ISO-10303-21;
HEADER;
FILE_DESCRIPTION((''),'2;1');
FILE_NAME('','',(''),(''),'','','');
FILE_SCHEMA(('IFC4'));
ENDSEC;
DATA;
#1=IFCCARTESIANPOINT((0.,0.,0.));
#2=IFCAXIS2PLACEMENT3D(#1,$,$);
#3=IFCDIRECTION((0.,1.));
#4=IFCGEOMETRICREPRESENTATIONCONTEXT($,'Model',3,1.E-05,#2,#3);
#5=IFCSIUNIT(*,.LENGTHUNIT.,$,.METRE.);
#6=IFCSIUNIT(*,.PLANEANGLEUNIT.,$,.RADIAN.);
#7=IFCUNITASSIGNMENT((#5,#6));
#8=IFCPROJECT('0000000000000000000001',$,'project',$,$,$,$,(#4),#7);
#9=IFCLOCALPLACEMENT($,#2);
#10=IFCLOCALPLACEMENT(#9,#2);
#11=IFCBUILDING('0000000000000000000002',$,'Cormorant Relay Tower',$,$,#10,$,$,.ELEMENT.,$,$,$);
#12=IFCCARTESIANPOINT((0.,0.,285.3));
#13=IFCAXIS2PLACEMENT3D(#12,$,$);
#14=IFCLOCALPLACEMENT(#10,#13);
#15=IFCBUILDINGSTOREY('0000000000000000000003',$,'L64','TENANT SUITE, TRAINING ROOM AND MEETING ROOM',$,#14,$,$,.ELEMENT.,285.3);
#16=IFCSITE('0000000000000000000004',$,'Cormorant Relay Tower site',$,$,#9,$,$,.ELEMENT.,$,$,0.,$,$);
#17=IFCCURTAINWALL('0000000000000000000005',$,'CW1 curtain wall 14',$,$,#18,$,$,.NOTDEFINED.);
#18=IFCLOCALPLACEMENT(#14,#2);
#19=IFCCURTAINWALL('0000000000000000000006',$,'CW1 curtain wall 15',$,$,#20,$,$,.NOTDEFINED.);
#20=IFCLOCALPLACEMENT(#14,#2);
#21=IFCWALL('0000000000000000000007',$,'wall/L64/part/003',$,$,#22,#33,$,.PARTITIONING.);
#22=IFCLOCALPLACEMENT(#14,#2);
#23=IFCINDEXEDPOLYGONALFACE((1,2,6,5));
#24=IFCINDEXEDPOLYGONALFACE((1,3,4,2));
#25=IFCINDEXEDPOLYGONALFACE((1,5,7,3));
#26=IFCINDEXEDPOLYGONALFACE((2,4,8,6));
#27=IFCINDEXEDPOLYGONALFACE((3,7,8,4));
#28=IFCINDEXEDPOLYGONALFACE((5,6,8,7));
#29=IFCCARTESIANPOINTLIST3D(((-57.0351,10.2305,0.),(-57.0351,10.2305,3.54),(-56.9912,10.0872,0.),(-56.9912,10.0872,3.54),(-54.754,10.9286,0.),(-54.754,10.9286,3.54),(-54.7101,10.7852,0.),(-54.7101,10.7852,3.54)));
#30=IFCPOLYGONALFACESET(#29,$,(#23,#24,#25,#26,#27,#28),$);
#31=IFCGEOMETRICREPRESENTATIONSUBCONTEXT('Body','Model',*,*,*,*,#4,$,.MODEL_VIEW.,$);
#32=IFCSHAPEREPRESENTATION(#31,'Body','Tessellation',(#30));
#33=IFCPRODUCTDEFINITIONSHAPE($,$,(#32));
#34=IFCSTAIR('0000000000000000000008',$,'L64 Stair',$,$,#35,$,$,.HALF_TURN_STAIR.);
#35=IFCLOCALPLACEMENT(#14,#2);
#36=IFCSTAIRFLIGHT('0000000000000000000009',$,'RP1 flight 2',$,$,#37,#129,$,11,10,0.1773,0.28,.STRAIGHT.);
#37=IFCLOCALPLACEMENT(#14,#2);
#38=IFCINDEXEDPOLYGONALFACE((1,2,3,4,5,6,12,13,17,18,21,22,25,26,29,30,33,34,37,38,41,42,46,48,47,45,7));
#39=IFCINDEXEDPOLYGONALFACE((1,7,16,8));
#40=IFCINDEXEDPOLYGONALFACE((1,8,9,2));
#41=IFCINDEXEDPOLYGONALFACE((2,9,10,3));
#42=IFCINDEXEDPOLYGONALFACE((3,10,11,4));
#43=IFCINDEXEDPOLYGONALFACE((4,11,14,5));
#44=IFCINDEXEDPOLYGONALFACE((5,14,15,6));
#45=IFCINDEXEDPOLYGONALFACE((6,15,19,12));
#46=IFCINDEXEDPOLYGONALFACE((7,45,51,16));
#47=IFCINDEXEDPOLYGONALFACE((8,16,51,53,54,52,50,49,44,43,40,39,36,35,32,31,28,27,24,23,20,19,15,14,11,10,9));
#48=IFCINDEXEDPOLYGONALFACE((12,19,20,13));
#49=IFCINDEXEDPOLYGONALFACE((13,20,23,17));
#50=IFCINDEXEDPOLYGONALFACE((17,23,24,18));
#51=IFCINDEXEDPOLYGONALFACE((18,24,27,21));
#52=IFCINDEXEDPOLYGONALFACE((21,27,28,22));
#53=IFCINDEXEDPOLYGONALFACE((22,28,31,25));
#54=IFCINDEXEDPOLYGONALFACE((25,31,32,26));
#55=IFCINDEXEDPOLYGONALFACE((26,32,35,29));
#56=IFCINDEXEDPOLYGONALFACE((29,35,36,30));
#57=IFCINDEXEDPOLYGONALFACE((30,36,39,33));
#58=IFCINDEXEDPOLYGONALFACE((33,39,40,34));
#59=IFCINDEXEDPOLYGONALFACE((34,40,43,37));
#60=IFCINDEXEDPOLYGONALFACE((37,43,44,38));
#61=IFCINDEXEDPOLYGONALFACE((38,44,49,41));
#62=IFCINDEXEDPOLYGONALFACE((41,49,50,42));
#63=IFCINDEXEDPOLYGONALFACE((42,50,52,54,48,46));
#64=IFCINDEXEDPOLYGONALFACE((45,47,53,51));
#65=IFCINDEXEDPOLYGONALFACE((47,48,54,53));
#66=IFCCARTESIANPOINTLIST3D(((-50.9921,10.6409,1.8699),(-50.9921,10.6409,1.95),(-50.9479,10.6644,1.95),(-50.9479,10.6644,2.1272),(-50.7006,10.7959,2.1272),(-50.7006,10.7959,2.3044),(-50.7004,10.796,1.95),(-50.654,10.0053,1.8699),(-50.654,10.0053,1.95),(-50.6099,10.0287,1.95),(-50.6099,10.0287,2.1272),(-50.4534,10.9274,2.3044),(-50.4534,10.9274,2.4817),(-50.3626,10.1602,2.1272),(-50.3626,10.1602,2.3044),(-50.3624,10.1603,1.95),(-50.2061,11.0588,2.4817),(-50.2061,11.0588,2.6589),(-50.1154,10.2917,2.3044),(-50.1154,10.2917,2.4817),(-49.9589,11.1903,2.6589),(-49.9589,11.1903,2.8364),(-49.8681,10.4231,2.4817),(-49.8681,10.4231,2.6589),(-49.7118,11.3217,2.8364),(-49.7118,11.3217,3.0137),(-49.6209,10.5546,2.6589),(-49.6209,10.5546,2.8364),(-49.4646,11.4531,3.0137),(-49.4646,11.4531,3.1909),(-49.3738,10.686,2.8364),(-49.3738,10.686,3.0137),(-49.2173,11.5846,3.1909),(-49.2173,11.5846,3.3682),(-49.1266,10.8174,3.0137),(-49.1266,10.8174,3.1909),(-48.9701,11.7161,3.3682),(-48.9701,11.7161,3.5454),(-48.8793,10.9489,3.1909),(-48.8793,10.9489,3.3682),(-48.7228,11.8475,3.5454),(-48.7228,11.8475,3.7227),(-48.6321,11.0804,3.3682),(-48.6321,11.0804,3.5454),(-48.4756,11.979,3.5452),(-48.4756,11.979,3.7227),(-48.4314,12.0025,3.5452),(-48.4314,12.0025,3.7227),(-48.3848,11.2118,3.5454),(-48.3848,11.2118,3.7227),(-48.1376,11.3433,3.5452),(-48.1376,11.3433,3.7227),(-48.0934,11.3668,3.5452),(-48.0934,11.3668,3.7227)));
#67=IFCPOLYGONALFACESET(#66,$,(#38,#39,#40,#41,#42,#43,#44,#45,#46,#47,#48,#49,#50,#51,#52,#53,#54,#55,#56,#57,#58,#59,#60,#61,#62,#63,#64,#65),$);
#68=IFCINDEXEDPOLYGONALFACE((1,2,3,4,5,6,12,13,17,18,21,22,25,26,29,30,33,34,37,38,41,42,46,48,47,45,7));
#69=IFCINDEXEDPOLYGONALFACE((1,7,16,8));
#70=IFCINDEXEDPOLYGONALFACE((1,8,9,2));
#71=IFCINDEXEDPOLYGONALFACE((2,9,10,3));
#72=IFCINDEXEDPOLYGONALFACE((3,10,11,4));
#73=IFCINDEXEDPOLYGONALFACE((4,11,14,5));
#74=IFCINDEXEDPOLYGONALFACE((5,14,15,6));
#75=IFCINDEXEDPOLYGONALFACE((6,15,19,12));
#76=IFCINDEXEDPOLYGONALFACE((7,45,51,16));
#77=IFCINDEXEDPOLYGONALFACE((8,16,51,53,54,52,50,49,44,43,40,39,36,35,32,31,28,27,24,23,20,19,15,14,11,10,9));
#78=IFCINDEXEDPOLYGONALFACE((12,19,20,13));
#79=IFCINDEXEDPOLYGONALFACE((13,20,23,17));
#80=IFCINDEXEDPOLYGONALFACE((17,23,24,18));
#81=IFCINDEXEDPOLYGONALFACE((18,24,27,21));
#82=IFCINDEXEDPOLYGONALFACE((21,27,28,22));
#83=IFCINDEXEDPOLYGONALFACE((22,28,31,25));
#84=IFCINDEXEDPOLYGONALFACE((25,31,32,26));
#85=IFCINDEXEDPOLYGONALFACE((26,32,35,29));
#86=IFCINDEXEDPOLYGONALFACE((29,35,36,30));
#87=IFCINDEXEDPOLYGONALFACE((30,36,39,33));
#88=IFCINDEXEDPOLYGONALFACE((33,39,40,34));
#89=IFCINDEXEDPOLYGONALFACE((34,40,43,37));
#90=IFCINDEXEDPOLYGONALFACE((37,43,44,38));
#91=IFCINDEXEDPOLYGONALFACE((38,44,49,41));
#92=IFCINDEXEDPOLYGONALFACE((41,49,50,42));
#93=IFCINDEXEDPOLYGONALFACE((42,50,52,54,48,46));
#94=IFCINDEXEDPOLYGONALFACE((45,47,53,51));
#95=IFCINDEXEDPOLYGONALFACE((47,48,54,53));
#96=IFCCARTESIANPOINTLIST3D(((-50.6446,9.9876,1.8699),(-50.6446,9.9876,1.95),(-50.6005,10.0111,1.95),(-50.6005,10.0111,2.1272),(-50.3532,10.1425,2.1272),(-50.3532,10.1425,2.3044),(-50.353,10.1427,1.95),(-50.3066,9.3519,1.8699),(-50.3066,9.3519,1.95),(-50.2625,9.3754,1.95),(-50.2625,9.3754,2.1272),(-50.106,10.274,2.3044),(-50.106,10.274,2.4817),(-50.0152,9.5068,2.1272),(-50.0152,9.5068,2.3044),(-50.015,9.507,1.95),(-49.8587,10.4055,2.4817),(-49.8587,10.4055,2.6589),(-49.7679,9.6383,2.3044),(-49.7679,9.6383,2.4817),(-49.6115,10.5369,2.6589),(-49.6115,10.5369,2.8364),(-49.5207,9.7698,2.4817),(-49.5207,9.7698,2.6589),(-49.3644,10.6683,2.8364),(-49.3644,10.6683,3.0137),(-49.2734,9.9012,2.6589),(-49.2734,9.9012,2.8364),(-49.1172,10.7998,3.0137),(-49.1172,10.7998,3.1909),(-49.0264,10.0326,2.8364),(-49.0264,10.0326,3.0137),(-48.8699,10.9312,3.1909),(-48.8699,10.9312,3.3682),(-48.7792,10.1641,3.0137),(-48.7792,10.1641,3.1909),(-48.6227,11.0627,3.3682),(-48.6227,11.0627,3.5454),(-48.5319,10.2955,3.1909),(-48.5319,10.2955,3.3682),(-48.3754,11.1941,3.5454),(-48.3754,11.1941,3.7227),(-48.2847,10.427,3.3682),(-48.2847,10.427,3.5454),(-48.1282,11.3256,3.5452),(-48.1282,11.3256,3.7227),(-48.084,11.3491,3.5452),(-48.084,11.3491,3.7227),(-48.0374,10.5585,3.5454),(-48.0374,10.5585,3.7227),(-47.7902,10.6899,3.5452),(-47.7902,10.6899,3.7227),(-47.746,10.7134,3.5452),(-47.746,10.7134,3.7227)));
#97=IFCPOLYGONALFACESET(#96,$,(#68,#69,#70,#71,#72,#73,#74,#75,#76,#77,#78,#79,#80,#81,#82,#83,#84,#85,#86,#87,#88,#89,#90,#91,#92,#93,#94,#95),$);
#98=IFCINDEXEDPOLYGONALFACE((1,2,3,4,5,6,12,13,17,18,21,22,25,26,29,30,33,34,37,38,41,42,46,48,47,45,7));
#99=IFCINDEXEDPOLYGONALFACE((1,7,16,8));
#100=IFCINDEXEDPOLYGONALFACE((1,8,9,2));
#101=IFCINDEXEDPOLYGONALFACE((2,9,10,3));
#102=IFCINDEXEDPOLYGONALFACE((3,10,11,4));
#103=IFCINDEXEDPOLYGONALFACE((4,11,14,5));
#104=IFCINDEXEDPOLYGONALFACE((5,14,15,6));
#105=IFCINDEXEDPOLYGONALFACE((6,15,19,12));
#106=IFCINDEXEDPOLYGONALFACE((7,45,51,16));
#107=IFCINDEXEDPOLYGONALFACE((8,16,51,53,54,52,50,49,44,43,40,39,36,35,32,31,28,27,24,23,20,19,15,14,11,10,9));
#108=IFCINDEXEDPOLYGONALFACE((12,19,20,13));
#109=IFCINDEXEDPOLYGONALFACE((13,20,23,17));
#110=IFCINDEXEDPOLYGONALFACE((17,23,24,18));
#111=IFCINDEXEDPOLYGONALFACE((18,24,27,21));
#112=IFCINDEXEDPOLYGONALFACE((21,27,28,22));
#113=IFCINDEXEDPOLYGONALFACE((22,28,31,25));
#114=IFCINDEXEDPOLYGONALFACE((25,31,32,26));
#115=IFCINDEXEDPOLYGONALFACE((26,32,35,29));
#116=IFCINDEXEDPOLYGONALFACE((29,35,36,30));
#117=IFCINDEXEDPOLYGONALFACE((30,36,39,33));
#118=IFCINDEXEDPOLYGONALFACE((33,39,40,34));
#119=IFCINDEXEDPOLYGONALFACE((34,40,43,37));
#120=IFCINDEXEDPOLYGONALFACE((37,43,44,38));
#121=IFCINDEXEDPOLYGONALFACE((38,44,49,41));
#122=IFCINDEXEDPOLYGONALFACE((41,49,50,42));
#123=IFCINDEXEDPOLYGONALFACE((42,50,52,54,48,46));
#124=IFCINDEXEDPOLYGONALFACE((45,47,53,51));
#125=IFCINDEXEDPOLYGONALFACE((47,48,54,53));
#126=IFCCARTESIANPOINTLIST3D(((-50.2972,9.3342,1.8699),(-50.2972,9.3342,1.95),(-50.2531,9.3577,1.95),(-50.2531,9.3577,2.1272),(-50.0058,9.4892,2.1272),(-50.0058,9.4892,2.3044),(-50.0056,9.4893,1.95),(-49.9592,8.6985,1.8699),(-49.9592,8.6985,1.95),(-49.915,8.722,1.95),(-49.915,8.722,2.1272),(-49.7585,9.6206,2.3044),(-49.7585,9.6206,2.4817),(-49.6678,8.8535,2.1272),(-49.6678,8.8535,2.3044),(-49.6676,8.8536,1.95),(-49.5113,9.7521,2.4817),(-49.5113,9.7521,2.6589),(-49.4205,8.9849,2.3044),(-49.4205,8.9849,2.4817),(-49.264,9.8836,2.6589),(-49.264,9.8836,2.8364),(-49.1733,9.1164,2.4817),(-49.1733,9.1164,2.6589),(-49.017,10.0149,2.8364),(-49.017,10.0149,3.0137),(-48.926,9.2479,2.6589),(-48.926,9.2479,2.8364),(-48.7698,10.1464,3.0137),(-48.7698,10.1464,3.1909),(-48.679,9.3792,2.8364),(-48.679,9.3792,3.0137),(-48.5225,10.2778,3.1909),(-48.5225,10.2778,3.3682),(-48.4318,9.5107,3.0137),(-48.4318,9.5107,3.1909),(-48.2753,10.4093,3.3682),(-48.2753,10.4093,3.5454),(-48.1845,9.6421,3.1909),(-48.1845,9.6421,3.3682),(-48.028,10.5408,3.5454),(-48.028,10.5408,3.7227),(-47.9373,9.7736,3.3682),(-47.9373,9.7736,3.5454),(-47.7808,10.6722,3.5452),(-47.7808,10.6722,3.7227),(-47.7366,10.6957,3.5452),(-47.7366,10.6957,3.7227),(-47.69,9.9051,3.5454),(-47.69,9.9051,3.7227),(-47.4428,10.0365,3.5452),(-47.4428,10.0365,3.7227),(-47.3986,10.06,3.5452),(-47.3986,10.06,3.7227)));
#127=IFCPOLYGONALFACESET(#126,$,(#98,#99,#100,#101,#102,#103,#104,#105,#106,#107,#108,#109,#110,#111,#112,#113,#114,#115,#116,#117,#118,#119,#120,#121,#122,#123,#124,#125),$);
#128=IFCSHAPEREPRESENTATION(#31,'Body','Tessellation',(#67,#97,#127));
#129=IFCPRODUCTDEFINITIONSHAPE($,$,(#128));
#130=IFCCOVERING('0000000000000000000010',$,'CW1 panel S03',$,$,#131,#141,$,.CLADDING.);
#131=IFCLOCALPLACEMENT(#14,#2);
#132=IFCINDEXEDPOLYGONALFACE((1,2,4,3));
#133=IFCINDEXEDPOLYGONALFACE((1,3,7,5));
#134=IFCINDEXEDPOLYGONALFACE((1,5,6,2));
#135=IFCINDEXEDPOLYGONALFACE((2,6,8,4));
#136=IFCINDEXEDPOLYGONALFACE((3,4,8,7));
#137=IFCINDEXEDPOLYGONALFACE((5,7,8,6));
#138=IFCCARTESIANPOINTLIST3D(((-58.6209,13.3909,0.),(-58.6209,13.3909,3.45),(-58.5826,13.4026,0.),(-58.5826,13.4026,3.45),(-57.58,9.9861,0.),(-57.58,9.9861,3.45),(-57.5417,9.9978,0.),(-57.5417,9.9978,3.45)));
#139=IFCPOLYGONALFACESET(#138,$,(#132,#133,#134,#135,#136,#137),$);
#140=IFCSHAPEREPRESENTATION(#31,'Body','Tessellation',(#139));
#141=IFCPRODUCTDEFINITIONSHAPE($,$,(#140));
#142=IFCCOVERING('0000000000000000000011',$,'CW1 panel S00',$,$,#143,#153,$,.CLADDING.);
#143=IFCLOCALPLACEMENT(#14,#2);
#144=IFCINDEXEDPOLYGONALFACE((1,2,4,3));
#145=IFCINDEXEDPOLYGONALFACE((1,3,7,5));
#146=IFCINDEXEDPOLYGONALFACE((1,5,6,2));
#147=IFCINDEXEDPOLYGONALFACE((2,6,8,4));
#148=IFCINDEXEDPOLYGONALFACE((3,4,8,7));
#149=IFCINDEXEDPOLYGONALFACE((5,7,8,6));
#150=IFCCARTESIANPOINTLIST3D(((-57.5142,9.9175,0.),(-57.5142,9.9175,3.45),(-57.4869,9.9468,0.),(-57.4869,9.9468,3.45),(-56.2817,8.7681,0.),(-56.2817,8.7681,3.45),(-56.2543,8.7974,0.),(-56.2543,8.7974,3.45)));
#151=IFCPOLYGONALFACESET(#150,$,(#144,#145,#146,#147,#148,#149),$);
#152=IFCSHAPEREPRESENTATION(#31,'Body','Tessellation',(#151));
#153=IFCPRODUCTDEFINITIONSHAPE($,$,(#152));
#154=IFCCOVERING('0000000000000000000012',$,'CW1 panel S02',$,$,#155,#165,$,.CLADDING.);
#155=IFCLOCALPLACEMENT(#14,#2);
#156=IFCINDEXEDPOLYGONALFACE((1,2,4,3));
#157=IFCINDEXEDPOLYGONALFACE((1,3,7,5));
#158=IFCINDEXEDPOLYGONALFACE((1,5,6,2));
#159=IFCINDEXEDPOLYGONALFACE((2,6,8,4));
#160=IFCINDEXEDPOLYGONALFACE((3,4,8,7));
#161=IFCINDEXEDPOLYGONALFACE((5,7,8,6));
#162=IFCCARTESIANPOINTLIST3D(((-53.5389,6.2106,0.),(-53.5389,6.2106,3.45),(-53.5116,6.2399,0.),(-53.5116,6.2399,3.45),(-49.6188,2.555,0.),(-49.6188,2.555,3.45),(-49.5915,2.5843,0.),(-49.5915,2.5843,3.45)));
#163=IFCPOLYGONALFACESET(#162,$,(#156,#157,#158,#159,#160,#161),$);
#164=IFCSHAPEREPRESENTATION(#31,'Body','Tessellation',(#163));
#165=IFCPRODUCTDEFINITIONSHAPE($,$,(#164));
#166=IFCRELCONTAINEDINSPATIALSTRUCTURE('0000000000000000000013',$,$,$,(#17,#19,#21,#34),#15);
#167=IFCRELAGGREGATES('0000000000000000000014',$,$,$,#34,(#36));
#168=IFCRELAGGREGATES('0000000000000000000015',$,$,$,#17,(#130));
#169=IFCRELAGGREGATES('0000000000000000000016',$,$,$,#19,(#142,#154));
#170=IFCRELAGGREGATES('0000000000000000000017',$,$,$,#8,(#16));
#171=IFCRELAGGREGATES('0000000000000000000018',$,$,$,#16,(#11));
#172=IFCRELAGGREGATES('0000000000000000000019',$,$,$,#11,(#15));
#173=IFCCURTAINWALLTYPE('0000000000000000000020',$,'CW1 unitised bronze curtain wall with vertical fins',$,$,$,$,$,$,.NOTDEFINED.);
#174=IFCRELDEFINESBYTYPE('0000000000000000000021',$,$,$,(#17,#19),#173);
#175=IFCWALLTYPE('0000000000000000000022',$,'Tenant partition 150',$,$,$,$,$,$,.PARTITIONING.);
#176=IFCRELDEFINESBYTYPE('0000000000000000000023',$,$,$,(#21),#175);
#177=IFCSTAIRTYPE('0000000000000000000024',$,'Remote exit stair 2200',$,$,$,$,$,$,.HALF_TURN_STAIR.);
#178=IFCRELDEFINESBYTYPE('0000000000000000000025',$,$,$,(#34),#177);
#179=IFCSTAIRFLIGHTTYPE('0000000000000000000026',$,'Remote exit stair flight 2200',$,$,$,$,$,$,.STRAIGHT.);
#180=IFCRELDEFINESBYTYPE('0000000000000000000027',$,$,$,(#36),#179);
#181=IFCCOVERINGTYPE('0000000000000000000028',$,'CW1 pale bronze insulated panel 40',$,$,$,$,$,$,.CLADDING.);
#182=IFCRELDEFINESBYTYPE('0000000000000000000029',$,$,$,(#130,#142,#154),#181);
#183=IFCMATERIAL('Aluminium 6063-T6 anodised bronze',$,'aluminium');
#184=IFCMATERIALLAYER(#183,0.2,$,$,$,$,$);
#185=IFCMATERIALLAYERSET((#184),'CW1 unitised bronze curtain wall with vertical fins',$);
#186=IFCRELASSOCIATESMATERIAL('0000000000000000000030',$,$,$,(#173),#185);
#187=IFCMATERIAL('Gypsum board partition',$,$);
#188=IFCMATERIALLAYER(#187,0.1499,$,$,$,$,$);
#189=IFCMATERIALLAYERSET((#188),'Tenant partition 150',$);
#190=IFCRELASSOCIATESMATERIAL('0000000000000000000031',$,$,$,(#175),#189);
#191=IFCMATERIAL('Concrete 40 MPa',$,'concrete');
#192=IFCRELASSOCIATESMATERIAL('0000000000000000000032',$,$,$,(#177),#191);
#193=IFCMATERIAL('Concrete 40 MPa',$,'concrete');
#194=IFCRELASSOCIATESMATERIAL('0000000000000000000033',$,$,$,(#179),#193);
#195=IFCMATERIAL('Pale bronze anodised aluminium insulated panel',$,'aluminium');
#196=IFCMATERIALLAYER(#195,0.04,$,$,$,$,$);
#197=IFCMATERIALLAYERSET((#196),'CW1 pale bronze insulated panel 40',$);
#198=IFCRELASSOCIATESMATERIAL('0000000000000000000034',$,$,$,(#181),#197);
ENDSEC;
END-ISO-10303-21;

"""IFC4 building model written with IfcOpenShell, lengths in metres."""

from ifc_helpers import new_model, si_unit, direction, frame, frame_2d, origin, origin_2d, place, context, subcontext, project, spatial, polyline, rectangle, outline, extrude, material, layer, layer_set, type_object, element, aggregate, save


model = new_model("IFC4")

# Units and contexts
model_context = context("Model", 3, precision=1e-05, world=origin(), true_north=direction((0.0, 1.0)))
body_context = subcontext(model_context, "Body", "Model", "MODEL_VIEW")
ifc_project = project(units=[si_unit("LENGTHUNIT", "METRE"), si_unit("PLANEANGLEUNIT", "RADIAN")], contexts=[model_context])

# Site, building, storey
site_placement = place(None, origin())
site = spatial("IfcSite", under=ifc_project, at=site_placement, Name="Cormorant Relay Tower site", CompositionType="ELEMENT", RefElevation=0.0)
building_placement = place(site_placement, origin())
building = spatial("IfcBuilding", under=site, at=building_placement, Name="Cormorant Relay Tower", CompositionType="ELEMENT")
storey_placement = place(building_placement, frame((0.0, 0.0, 285.3)))
storey = spatial("IfcBuildingStorey", under=building, at=storey_placement, Name="L64", Description="TENANT SUITE, TRAINING ROOM AND MEETING ROOM", CompositionType="ELEMENT", Elevation=285.3)

# Curtain wall
ifc_material_1 = material(Name="Aluminium 6063-T6 anodised bronze", Category="aluminium")
ifc_layer_1 = layer(ifc_material_1, 0.2)
ifc_layer_set_1 = layer_set([ifc_layer_1], Name="CW1 unitised bronze curtain wall with vertical fins")
curtain_wall_type = type_object("IfcCurtainWallType", Name="CW1 unitised bronze curtain wall with vertical fins", PredefinedType="NOTDEFINED", material=ifc_layer_set_1)
curtain_wall_1_placement = place(storey_placement, origin())
curtain_wall_1 = element("IfcCurtainWall", 1, at=curtain_wall_1_placement, inside=storey, type_object=curtain_wall_type, Name="CW1 curtain wall 14", PredefinedType="NOTDEFINED")

# Curtain wall
curtain_wall_2_placement = place(storey_placement, origin())
curtain_wall_2 = element("IfcCurtainWall", 2, at=curtain_wall_2_placement, inside=storey, type_object=curtain_wall_type, Name="CW1 curtain wall 15", PredefinedType="NOTDEFINED")

# Wall
ifc_material_2 = material(Name="Gypsum board partition")
ifc_layer_2 = layer(ifc_material_2, 0.1499)
ifc_layer_set_2 = layer_set([ifc_layer_2], Name="Tenant partition 150")
wall_type_1 = type_object("IfcWallType", Name="Tenant partition 150", PredefinedType="PARTITIONING", material=ifc_layer_set_2)
wall_1_placement = place(storey_placement, frame((-54.7319, 10.8569, 0.0), z_axis=(0.0, 0.0, 1.0), x_axis=(-0.956232, -0.292611, 0.0)))
element("IfcWall", 3, at=wall_1_placement, inside=storey, type_object=wall_type_1, Name="wall/L64/part/003", PredefinedType="PARTITIONING", context=body_context, shape_type="SweptSolid", body=[
    extrude(rectangle(XDim=2.3855, YDim=0.1499, at=frame_2d((1.1929, 0.0))), origin(), (0.0, 0.0, 1.0), 3.54),
])

# Stair, stair flight
ifc_material_3 = material(Name="Concrete 40 MPa", Category="concrete")
stair_type = type_object("IfcStairType", Name="Remote exit stair 2200", PredefinedType="HALF_TURN_STAIR", material=ifc_material_3)
stair_placement = place(storey_placement, origin())
stair = element("IfcStair", 4, at=stair_placement, inside=storey, type_object=stair_type, Name="L64 Stair", PredefinedType="HALF_TURN_STAIR")
ifc_material_4 = material(Name="Concrete 40 MPa", Category="concrete")
stair_flight_type = type_object("IfcStairFlightType", Name="Remote exit stair flight 2200", PredefinedType="STRAIGHT", material=ifc_material_4)
stair_flight_placement = place(storey_placement, frame((-50.4314, 9.6931, 1.95), z_axis=(0.0, 0.0, 1.0), x_axis=(0.882948, 0.469472, 0.0)))
stair_flight = element("IfcStairFlight", 5, at=stair_flight_placement, type_object=stair_flight_type, Name="RP1 flight 2", NumberOfRisers=11, NumberOfTreads=10, PredefinedType="STRAIGHT", RiserHeight=0.1773, TreadLength=0.28, context=body_context, shape_type="SweptSolid", body=[
    extrude(outline(polyline([(-0.05, -0.0801), (-0.05, 0.0), (0.0, 0.0), (0.0, 0.1772), (0.28, 0.1772), (0.28, 0.3545), (0.5601, 0.3545), (0.5601, 0.5317), (0.8401, 0.5317), (0.8401, 0.709), (1.1201, 0.709), (1.1201, 0.8865), (1.3999, 0.8865), (1.3999, 1.0637), (1.6799, 1.0637), (1.6799, 1.241), (1.96, 1.241), (1.96, 1.4182), (2.24, 1.4182), (2.24, 1.5955), (2.52, 1.5955), (2.52, 1.7727), (2.8, 1.7727), (2.8501, 1.7727), (2.8501, 1.5952), (2.8, 1.5952), (0.2803, 0.0), (-0.05, -0.0801)])), frame((0.0, 1.1001, 0.0), z_axis=(0.0, -1.0, 0.0), x_axis=(1.0, 0.0, 0.0)), (0.0, 0.0, 1.0), 0.72),
    extrude(outline(polyline([(-0.05, -0.0801), (-0.05, 0.0), (0.0, 0.0), (0.0, 0.1772), (0.28, 0.1772), (0.28, 0.3545), (0.5601, 0.3545), (0.5601, 0.5317), (0.8401, 0.5317), (0.8401, 0.709), (1.1201, 0.709), (1.1201, 0.8865), (1.3999, 0.8865), (1.3999, 1.0637), (1.6799, 1.0637), (1.6799, 1.241), (1.96, 1.241), (1.96, 1.4182), (2.24, 1.4182), (2.24, 1.5955), (2.52, 1.5955), (2.52, 1.7727), (2.8, 1.7727), (2.8501, 1.7727), (2.8501, 1.5952), (2.8, 1.5952), (0.2803, 0.0), (-0.05, -0.0801)])), frame((0.0, 0.3601, 0.0), z_axis=(0.0, -1.0, 0.0), x_axis=(1.0, 0.0, 0.0)), (0.0, 0.0, 1.0), 0.72),
    extrude(outline(polyline([(-0.05, -0.0801), (-0.05, 0.0), (0.0, 0.0), (0.0, 0.1772), (0.28, 0.1772), (0.28, 0.3545), (0.5601, 0.3545), (0.5601, 0.5317), (0.8401, 0.5317), (0.8401, 0.709), (1.1201, 0.709), (1.1201, 0.8865), (1.3999, 0.8865), (1.3999, 1.0637), (1.6799, 1.0637), (1.6799, 1.241), (1.96, 1.241), (1.96, 1.4182), (2.24, 1.4182), (2.24, 1.5955), (2.52, 1.5955), (2.52, 1.7727), (2.8, 1.7727), (2.8501, 1.7727), (2.8501, 1.5952), (2.8, 1.5952), (0.2803, 0.0), (-0.05, -0.0801)])), frame((0.0, -0.3799, 0.0), z_axis=(0.0, -1.0, 0.0), x_axis=(1.0, 0.0, 0.0)), (0.0, 0.0, 1.0), 0.72),
])
aggregate(stair, [stair_flight])

# Coverings
ifc_material_5 = material(Name="Pale bronze anodised aluminium insulated panel", Category="aluminium")
ifc_layer_3 = layer(ifc_material_5, 0.04)
ifc_layer_set_3 = layer_set([ifc_layer_3], Name="CW1 pale bronze insulated panel 40")
covering_type = type_object("IfcCoveringType", Name="CW1 pale bronze insulated panel 40", PredefinedType="CLADDING", material=ifc_layer_set_3)
covering_1_placement = place(storey_placement, frame((-58.0813, 11.6943, 0.0), z_axis=(0.0, 0.0, 1.0), x_axis=(0.292372, -0.956305, 0.0)))
covering_1 = element("IfcCovering", 6, at=covering_1_placement, type_object=covering_type, Name="CW1 panel S03", PredefinedType="CLADDING", context=body_context, shape_type="SweptSolid", body=[
    extrude(rectangle(XDim=3.5603, YDim=0.04, at=origin_2d()), origin(), (0.0, 0.0, 1.0), 3.45),
])
aggregate(curtain_wall_1, [covering_1])
covering_2_placement = place(storey_placement, frame((-56.8843, 9.3574, 0.0), z_axis=(0.0, 0.0, 1.0), x_axis=(0.731354, -0.681998, 0.0)))
covering_2 = element("IfcCovering", 7, at=covering_2_placement, type_object=covering_type, Name="CW1 panel S00", PredefinedType="CLADDING", context=body_context, shape_type="SweptSolid", body=[
    extrude(rectangle(XDim=1.6853, YDim=0.04, at=origin_2d()), origin(), (0.0, 0.0, 1.0), 3.45),
])
covering_3_placement = place(storey_placement, frame((-51.5652, 4.3975, 0.0), z_axis=(0.0, 0.0, 1.0), x_axis=(0.731354, -0.681998, 0.0)))
covering_3 = element("IfcCovering", 8, at=covering_3_placement, type_object=covering_type, Name="CW1 panel S02", PredefinedType="CLADDING", context=body_context, shape_type="SweptSolid", body=[
    extrude(rectangle(XDim=5.3601, YDim=0.04, at=origin_2d()), origin(), (0.0, 0.0, 1.0), 3.45),
])
aggregate(curtain_wall_2, [covering_2, covering_3])

save(model, "model.ifc")
